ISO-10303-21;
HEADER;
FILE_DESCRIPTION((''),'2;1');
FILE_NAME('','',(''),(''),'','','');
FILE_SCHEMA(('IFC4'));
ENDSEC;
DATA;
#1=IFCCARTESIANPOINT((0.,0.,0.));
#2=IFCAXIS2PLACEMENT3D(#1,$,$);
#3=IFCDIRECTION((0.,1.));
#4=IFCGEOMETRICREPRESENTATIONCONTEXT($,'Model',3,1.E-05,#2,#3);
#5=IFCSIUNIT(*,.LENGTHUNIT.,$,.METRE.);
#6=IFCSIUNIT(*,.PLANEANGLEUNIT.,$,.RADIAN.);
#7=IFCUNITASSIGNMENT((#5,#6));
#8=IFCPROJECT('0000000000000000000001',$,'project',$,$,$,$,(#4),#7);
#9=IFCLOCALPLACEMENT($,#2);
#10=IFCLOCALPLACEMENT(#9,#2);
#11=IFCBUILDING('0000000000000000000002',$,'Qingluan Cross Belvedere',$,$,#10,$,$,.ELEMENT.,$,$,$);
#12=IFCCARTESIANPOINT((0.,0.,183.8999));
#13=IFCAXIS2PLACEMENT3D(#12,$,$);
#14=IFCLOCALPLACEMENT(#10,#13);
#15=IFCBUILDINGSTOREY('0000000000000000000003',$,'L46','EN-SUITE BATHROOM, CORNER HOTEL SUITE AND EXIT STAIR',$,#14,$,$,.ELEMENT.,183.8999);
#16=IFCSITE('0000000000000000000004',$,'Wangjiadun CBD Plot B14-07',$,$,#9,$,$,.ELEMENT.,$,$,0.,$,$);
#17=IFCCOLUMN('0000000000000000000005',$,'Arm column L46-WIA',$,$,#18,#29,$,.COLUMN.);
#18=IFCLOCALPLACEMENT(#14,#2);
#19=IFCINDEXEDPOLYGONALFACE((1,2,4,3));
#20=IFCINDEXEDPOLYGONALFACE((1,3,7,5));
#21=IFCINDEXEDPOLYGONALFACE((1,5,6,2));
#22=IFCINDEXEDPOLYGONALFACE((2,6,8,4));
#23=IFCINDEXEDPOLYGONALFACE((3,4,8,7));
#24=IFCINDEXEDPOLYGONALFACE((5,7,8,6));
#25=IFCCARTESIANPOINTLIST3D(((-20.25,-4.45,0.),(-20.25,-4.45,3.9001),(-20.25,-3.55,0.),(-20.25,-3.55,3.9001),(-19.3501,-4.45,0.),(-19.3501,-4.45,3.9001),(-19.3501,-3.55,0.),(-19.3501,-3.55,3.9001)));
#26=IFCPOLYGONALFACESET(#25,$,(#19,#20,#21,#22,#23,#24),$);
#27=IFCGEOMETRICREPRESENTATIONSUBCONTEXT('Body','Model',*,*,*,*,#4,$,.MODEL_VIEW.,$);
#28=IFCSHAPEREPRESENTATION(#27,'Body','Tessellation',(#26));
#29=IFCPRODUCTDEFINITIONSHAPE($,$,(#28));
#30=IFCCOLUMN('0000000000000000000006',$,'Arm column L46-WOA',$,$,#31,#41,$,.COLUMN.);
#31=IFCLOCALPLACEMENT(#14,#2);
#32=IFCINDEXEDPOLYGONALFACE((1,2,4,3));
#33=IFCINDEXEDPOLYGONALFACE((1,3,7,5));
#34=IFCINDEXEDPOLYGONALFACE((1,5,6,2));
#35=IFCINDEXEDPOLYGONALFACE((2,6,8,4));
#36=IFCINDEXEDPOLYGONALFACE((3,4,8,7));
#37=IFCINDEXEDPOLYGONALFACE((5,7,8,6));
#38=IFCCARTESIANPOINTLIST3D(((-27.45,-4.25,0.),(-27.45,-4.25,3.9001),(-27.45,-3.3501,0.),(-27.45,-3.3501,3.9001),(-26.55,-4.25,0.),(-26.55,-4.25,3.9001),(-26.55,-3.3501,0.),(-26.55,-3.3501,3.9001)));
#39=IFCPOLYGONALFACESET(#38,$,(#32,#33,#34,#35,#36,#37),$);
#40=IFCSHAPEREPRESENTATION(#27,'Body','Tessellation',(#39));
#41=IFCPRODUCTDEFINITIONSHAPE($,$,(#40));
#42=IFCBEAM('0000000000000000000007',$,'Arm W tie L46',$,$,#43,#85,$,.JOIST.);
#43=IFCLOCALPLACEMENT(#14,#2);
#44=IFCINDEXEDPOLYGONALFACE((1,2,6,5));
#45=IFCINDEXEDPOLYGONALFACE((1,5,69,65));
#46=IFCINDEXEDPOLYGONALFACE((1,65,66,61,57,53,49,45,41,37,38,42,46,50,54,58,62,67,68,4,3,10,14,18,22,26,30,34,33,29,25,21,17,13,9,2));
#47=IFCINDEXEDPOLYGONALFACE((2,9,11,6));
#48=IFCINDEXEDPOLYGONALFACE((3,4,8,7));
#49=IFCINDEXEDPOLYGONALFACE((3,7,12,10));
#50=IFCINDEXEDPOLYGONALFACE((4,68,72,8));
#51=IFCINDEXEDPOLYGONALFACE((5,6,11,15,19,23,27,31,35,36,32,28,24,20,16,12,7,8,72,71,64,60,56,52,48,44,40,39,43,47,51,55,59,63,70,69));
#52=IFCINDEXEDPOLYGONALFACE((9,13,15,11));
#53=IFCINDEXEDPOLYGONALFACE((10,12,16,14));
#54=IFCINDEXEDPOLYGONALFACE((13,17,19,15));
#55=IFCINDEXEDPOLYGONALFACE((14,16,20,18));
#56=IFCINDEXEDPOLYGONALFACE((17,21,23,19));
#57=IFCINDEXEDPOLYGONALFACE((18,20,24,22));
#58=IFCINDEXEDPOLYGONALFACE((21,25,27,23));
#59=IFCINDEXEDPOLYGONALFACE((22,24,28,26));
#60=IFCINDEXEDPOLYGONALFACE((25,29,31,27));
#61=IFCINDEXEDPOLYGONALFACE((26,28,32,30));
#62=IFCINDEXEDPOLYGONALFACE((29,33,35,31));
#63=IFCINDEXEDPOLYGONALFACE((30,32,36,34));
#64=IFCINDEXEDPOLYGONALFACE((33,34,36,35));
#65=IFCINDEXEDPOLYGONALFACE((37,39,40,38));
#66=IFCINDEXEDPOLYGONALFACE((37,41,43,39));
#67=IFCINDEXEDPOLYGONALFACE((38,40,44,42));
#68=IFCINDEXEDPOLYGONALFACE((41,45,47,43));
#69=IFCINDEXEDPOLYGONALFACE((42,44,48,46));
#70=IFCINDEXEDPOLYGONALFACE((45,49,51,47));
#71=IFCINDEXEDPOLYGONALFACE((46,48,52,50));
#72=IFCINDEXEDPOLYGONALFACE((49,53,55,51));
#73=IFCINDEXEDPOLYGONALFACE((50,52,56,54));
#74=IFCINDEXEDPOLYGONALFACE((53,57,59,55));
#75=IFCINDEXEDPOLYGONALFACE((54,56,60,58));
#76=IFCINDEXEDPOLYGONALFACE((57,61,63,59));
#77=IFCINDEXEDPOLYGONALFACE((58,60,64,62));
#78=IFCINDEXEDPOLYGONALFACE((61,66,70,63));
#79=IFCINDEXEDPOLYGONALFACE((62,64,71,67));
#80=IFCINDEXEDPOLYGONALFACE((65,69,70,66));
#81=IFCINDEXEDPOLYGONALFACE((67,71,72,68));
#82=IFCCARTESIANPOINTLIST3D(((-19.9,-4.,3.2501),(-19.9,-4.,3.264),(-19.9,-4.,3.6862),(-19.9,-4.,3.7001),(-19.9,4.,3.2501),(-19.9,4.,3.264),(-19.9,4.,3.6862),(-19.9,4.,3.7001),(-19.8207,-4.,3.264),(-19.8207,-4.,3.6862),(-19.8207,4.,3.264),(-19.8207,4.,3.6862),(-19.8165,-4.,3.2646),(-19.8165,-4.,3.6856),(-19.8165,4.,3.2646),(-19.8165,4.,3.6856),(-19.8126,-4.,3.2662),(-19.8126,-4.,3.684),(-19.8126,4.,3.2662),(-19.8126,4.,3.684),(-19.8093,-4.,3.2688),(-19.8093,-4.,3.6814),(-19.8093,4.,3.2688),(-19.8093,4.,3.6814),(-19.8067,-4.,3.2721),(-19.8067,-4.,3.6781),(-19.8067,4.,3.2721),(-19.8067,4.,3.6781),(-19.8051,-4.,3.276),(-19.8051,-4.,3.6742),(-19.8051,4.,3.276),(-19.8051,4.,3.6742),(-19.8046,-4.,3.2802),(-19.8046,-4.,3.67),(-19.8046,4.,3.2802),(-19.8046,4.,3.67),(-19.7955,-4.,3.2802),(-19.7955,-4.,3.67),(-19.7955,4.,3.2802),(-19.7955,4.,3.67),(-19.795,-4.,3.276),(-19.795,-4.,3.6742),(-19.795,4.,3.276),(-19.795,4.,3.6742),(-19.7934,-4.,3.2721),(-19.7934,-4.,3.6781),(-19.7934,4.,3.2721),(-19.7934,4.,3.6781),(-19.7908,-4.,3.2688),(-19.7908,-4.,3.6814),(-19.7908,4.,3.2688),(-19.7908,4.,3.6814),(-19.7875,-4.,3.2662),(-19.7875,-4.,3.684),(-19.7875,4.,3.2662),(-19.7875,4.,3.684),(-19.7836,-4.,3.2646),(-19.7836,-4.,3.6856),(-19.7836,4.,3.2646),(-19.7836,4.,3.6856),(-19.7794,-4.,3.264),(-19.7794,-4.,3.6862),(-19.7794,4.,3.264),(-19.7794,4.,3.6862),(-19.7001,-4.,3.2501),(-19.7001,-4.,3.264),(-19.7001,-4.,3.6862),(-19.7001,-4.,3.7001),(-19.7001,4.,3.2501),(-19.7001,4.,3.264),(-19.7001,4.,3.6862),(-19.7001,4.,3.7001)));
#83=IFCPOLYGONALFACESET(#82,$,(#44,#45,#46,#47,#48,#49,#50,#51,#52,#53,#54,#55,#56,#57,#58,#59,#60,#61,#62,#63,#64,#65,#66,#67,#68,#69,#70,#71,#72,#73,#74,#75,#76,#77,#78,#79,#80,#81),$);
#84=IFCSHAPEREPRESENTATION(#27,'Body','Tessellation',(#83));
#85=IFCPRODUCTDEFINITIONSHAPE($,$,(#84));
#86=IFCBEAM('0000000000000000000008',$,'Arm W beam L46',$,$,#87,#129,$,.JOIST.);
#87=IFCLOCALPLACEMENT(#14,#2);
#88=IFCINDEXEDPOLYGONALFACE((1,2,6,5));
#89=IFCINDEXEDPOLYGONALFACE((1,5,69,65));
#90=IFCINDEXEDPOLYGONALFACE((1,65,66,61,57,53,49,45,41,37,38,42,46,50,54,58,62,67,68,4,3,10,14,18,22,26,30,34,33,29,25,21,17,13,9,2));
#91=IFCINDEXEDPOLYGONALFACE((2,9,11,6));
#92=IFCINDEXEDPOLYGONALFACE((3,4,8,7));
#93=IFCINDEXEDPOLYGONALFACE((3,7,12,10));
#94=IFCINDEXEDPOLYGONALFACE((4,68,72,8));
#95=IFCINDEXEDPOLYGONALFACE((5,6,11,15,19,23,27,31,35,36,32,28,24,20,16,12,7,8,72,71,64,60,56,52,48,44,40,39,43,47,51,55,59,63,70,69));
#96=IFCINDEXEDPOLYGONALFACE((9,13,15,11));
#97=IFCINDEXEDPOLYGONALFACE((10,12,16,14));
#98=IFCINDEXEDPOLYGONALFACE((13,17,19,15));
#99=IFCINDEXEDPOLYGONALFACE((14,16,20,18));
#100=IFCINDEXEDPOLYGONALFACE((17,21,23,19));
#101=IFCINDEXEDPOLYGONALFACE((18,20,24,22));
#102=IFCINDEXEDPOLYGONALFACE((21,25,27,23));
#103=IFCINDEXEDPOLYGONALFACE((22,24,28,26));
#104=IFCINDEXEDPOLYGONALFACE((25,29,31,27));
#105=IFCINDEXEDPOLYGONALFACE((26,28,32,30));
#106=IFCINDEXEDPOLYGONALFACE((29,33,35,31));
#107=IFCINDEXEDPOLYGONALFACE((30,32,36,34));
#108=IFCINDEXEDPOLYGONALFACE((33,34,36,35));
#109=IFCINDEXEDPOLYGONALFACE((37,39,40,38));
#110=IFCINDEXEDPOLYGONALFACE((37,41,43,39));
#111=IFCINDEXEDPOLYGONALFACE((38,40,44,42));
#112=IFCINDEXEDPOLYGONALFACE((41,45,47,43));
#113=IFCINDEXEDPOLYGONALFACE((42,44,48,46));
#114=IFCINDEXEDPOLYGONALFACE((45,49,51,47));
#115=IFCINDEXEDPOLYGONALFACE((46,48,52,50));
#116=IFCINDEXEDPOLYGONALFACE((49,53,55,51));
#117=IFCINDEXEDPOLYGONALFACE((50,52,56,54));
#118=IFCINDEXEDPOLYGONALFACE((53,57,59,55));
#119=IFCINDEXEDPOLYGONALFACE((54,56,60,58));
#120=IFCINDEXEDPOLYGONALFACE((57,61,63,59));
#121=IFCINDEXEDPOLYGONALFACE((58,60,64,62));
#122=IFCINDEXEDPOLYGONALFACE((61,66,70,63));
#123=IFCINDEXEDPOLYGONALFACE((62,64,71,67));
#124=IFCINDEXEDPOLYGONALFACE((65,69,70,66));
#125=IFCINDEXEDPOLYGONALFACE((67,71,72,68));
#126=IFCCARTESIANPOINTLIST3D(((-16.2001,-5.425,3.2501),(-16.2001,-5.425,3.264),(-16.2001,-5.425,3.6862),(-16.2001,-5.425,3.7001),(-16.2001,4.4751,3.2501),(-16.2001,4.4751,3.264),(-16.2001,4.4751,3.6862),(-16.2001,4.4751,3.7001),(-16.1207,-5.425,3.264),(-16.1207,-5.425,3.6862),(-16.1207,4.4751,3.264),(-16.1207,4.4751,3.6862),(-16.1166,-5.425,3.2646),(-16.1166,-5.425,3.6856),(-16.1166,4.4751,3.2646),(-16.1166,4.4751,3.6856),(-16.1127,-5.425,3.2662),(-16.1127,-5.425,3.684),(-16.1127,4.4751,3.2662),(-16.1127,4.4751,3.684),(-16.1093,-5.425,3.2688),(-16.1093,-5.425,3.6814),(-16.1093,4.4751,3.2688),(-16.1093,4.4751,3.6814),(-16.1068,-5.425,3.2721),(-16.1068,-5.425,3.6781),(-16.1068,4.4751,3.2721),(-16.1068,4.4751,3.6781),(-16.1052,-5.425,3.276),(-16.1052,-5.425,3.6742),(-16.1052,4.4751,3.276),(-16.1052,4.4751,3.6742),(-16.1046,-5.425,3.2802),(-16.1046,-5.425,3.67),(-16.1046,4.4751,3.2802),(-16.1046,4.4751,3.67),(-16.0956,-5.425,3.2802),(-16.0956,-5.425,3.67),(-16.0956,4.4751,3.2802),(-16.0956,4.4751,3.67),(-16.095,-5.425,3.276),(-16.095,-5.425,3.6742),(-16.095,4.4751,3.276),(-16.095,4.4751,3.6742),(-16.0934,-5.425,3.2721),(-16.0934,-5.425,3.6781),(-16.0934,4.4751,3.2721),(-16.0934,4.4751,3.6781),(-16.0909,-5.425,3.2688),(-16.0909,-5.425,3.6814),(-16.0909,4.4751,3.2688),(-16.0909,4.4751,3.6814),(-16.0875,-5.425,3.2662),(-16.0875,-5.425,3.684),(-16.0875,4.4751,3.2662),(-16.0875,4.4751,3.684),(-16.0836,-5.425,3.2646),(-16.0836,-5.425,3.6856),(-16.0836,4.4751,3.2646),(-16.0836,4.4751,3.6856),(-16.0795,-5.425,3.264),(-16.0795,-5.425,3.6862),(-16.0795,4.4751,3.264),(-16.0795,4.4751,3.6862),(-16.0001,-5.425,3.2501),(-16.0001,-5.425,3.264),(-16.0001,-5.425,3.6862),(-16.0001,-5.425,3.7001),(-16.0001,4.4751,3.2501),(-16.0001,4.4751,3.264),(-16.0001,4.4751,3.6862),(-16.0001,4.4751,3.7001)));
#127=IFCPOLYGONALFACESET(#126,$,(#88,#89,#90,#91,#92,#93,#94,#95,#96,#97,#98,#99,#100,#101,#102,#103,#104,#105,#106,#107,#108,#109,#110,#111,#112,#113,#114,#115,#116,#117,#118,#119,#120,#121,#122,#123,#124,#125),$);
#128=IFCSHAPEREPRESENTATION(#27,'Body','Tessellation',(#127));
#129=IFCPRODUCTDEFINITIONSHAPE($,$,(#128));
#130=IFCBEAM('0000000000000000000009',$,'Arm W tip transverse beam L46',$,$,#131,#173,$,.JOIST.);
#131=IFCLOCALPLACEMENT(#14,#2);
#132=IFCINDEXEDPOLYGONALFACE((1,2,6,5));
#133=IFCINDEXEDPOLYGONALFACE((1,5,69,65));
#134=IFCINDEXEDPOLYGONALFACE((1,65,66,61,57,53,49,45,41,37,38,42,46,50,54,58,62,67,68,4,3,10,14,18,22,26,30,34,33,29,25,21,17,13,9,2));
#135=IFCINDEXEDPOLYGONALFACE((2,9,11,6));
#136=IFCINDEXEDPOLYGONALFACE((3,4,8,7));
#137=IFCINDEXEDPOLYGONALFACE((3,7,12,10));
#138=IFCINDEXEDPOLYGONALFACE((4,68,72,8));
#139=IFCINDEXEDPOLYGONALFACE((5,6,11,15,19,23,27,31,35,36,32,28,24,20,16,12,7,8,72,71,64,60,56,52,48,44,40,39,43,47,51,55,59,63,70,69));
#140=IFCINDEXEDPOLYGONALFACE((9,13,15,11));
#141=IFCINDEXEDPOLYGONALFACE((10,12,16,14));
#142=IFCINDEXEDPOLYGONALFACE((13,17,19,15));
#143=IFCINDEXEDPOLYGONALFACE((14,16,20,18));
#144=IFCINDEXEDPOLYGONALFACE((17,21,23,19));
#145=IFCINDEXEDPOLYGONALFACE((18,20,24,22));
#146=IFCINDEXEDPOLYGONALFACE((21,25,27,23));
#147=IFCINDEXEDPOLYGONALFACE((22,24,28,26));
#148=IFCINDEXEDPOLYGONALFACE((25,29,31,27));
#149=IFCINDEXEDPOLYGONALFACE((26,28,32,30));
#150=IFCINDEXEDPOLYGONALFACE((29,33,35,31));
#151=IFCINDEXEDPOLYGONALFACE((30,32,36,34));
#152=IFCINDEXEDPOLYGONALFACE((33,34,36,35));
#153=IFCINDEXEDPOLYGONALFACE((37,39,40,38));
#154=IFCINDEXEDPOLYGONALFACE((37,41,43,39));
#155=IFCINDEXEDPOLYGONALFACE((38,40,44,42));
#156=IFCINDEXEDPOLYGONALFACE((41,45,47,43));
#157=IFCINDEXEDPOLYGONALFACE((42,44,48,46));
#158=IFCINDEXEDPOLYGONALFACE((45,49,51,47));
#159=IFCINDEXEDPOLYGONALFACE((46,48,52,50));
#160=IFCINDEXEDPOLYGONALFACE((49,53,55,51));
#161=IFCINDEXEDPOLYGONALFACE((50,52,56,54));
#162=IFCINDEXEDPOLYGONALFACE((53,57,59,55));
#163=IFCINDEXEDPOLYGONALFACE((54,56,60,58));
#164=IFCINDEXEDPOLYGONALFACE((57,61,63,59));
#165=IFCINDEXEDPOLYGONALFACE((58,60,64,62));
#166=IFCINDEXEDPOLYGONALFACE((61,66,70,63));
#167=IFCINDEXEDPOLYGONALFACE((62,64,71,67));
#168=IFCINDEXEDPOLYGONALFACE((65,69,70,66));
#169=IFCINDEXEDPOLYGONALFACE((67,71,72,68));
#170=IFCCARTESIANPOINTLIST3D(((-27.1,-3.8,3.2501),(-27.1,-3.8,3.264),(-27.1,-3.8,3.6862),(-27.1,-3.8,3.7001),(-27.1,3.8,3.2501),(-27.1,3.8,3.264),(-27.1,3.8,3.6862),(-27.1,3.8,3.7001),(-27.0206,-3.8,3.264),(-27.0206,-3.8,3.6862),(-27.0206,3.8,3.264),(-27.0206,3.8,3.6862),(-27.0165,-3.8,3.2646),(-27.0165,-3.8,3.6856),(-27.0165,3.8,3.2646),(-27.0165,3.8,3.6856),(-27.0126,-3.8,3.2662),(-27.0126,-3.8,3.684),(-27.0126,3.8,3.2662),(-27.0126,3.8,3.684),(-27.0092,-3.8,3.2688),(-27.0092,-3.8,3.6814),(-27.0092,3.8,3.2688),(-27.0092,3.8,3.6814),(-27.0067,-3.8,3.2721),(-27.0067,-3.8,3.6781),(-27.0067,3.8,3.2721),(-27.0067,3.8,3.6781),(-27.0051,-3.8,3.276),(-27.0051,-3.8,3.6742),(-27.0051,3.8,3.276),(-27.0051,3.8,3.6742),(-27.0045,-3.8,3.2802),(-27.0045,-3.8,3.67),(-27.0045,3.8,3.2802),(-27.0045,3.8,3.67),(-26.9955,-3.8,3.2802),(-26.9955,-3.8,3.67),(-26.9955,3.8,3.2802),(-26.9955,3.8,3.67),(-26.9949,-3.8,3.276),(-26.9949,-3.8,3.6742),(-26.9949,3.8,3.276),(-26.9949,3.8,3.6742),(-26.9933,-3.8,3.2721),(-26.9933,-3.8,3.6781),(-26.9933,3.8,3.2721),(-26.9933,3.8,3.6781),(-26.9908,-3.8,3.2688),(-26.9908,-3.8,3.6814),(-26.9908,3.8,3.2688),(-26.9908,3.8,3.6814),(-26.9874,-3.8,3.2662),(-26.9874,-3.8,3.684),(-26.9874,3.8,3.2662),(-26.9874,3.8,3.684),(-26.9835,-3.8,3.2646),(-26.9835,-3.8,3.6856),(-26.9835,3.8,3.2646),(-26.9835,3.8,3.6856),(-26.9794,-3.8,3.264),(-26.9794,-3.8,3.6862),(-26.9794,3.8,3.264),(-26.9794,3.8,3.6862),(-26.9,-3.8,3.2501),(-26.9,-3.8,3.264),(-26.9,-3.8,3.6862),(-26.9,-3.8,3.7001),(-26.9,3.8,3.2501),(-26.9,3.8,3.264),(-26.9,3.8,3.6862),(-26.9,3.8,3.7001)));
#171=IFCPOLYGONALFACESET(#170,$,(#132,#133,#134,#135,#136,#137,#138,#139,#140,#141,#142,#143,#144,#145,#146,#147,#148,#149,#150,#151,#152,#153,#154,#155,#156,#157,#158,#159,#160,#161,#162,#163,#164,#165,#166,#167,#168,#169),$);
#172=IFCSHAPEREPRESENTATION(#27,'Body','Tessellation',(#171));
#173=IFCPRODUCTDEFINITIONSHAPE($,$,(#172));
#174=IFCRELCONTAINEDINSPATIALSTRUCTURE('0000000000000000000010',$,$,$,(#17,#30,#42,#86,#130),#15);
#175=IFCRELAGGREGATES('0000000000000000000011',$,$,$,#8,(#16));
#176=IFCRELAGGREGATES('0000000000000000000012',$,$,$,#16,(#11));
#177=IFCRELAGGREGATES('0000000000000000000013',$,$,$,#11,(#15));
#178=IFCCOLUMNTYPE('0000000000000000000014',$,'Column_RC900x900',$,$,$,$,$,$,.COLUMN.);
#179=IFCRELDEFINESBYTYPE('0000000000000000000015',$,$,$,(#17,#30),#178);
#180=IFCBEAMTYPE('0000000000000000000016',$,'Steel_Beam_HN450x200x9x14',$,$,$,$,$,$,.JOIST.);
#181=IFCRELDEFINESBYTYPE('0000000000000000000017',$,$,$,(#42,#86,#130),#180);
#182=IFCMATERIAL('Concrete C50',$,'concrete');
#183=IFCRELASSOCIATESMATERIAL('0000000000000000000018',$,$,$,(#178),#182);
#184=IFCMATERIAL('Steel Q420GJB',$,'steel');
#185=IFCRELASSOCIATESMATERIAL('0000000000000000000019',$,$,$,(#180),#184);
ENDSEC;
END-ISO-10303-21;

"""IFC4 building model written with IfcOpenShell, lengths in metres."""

from ifc_helpers import new_model, si_unit, direction, frame, origin, origin_2d, place, context, subcontext, project, spatial, rectangle, i_section, extrude, material, material_profile, profile_set, type_object, element, save


model = new_model("IFC4")

# Units and contexts
model_context = context("Model", 3, precision=1e-05, world=origin(), true_north=direction((0.0, 1.0)))
body_context = subcontext(model_context, "Body", "Model", "MODEL_VIEW")
ifc_project = project(units=[si_unit("LENGTHUNIT", "METRE"), si_unit("PLANEANGLEUNIT", "RADIAN")], contexts=[model_context])

# Site, building, storey
site_placement = place(None, origin())
site = spatial("IfcSite", under=ifc_project, at=site_placement, Name="Wangjiadun CBD Plot B14-07", CompositionType="ELEMENT", RefElevation=0.0)
building_placement = place(site_placement, origin())
building = spatial("IfcBuilding", under=site, at=building_placement, Name="Qingluan Cross Belvedere", CompositionType="ELEMENT")
storey_placement = place(building_placement, frame((0.0, 0.0, 183.8999)))
storey = spatial("IfcBuildingStorey", under=building, at=storey_placement, Name="L46", Description="EN-SUITE BATHROOM, CORNER HOTEL SUITE AND EXIT STAIR", CompositionType="ELEMENT", Elevation=183.8999)

# Columns
ifc_material_1 = material(Name="Concrete C50", Category="concrete")
ifc_material_profile_1 = material_profile(ifc_material_1, rectangle(XDim=0.8999, YDim=0.8999, at=origin_2d()), Name="RC900x900")
ifc_profile_set_1 = profile_set([ifc_material_profile_1], Name="Concrete C50")
column_type = type_object("IfcColumnType", Name="Column_RC900x900", PredefinedType="COLUMN", material=ifc_profile_set_1)
for number, where, z_axis, x_axis, name in (
    (1, (-19.8, -4.0, 0.0), (0.0, 0.0, 1.0), (1.0, 0.0, 0.0), "Arm column L46-WIA"),
    (2, (-27.0, -3.8, 0.0), (0.0, 0.0, 1.0), (1.0, 0.0, 0.0), "Arm column L46-WOA"),
):
    element("IfcColumn", number, at=place(storey_placement, frame(where, z_axis=z_axis, x_axis=x_axis)), inside=storey, type_object=column_type, Name=name, PredefinedType="COLUMN", context=body_context, shape_type="SweptSolid", body=[
        extrude(rectangle(XDim=0.8999, YDim=0.8999, at=origin_2d()), origin(), (0.0, 0.0, 1.0), 3.9001),
    ])

# Beams
ifc_material_2 = material(Name="Steel Q420GJB", Category="steel")
ifc_material_profile_2 = material_profile(ifc_material_2, i_section(OverallWidth=0.2, OverallDepth=0.45, WebThickness=0.009, FlangeThickness=0.0139, FilletRadius=0.0161, at=origin_2d()), Name="HN450x200x9x14")
ifc_profile_set_2 = profile_set([ifc_material_profile_2], Name="Steel Q420GJB")
beam_type_1 = type_object("IfcBeamType", Name="Steel_Beam_HN450x200x9x14", PredefinedType="JOIST", material=ifc_profile_set_2)
beam_1_placement = place(storey_placement, frame((-19.8, -4.0, 3.4751), z_axis=(0.0, 1.0, 0.0), x_axis=(-1.0, 0.0, 0.0)))
element("IfcBeam", 3, at=beam_1_placement, inside=storey, type_object=beam_type_1, Name="Arm W tie L46", PredefinedType="JOIST", context=body_context, shape_type="SweptSolid", body=[
    extrude(i_section(OverallWidth=0.2, OverallDepth=0.45, WebThickness=0.009, FlangeThickness=0.0139, FilletRadius=0.0161, at=origin_2d()), origin(), (0.0, 0.0, 1.0), 8.0),
])
beam_2_placement = place(storey_placement, frame((-16.1001, -5.425, 3.4751), z_axis=(0.0, 1.0, 0.0), x_axis=(-1.0, 0.0, 0.0)))
element("IfcBeam", 4, at=beam_2_placement, inside=storey, type_object=beam_type_1, Name="Arm W beam L46", PredefinedType="JOIST", context=body_context, shape_type="SweptSolid", body=[
    extrude(i_section(OverallWidth=0.2, OverallDepth=0.45, WebThickness=0.009, FlangeThickness=0.0139, FilletRadius=0.0161, at=origin_2d()), origin(), (0.0, 0.0, 1.0), 9.9001),
])
beam_3_placement = place(storey_placement, frame((-27.0, -3.8, 3.4751), z_axis=(0.0, 1.0, 0.0), x_axis=(-1.0, 0.0, 0.0)))
element("IfcBeam", 5, at=beam_3_placement, inside=storey, type_object=beam_type_1, Name="Arm W tip transverse beam L46", PredefinedType="JOIST", context=body_context, shape_type="SweptSolid", body=[
    extrude(i_section(OverallWidth=0.2, OverallDepth=0.45, WebThickness=0.009, FlangeThickness=0.0139, FilletRadius=0.0161, at=origin_2d()), origin(), (0.0, 0.0, 1.0), 7.6001),
])

save(model, "model.ifc")
